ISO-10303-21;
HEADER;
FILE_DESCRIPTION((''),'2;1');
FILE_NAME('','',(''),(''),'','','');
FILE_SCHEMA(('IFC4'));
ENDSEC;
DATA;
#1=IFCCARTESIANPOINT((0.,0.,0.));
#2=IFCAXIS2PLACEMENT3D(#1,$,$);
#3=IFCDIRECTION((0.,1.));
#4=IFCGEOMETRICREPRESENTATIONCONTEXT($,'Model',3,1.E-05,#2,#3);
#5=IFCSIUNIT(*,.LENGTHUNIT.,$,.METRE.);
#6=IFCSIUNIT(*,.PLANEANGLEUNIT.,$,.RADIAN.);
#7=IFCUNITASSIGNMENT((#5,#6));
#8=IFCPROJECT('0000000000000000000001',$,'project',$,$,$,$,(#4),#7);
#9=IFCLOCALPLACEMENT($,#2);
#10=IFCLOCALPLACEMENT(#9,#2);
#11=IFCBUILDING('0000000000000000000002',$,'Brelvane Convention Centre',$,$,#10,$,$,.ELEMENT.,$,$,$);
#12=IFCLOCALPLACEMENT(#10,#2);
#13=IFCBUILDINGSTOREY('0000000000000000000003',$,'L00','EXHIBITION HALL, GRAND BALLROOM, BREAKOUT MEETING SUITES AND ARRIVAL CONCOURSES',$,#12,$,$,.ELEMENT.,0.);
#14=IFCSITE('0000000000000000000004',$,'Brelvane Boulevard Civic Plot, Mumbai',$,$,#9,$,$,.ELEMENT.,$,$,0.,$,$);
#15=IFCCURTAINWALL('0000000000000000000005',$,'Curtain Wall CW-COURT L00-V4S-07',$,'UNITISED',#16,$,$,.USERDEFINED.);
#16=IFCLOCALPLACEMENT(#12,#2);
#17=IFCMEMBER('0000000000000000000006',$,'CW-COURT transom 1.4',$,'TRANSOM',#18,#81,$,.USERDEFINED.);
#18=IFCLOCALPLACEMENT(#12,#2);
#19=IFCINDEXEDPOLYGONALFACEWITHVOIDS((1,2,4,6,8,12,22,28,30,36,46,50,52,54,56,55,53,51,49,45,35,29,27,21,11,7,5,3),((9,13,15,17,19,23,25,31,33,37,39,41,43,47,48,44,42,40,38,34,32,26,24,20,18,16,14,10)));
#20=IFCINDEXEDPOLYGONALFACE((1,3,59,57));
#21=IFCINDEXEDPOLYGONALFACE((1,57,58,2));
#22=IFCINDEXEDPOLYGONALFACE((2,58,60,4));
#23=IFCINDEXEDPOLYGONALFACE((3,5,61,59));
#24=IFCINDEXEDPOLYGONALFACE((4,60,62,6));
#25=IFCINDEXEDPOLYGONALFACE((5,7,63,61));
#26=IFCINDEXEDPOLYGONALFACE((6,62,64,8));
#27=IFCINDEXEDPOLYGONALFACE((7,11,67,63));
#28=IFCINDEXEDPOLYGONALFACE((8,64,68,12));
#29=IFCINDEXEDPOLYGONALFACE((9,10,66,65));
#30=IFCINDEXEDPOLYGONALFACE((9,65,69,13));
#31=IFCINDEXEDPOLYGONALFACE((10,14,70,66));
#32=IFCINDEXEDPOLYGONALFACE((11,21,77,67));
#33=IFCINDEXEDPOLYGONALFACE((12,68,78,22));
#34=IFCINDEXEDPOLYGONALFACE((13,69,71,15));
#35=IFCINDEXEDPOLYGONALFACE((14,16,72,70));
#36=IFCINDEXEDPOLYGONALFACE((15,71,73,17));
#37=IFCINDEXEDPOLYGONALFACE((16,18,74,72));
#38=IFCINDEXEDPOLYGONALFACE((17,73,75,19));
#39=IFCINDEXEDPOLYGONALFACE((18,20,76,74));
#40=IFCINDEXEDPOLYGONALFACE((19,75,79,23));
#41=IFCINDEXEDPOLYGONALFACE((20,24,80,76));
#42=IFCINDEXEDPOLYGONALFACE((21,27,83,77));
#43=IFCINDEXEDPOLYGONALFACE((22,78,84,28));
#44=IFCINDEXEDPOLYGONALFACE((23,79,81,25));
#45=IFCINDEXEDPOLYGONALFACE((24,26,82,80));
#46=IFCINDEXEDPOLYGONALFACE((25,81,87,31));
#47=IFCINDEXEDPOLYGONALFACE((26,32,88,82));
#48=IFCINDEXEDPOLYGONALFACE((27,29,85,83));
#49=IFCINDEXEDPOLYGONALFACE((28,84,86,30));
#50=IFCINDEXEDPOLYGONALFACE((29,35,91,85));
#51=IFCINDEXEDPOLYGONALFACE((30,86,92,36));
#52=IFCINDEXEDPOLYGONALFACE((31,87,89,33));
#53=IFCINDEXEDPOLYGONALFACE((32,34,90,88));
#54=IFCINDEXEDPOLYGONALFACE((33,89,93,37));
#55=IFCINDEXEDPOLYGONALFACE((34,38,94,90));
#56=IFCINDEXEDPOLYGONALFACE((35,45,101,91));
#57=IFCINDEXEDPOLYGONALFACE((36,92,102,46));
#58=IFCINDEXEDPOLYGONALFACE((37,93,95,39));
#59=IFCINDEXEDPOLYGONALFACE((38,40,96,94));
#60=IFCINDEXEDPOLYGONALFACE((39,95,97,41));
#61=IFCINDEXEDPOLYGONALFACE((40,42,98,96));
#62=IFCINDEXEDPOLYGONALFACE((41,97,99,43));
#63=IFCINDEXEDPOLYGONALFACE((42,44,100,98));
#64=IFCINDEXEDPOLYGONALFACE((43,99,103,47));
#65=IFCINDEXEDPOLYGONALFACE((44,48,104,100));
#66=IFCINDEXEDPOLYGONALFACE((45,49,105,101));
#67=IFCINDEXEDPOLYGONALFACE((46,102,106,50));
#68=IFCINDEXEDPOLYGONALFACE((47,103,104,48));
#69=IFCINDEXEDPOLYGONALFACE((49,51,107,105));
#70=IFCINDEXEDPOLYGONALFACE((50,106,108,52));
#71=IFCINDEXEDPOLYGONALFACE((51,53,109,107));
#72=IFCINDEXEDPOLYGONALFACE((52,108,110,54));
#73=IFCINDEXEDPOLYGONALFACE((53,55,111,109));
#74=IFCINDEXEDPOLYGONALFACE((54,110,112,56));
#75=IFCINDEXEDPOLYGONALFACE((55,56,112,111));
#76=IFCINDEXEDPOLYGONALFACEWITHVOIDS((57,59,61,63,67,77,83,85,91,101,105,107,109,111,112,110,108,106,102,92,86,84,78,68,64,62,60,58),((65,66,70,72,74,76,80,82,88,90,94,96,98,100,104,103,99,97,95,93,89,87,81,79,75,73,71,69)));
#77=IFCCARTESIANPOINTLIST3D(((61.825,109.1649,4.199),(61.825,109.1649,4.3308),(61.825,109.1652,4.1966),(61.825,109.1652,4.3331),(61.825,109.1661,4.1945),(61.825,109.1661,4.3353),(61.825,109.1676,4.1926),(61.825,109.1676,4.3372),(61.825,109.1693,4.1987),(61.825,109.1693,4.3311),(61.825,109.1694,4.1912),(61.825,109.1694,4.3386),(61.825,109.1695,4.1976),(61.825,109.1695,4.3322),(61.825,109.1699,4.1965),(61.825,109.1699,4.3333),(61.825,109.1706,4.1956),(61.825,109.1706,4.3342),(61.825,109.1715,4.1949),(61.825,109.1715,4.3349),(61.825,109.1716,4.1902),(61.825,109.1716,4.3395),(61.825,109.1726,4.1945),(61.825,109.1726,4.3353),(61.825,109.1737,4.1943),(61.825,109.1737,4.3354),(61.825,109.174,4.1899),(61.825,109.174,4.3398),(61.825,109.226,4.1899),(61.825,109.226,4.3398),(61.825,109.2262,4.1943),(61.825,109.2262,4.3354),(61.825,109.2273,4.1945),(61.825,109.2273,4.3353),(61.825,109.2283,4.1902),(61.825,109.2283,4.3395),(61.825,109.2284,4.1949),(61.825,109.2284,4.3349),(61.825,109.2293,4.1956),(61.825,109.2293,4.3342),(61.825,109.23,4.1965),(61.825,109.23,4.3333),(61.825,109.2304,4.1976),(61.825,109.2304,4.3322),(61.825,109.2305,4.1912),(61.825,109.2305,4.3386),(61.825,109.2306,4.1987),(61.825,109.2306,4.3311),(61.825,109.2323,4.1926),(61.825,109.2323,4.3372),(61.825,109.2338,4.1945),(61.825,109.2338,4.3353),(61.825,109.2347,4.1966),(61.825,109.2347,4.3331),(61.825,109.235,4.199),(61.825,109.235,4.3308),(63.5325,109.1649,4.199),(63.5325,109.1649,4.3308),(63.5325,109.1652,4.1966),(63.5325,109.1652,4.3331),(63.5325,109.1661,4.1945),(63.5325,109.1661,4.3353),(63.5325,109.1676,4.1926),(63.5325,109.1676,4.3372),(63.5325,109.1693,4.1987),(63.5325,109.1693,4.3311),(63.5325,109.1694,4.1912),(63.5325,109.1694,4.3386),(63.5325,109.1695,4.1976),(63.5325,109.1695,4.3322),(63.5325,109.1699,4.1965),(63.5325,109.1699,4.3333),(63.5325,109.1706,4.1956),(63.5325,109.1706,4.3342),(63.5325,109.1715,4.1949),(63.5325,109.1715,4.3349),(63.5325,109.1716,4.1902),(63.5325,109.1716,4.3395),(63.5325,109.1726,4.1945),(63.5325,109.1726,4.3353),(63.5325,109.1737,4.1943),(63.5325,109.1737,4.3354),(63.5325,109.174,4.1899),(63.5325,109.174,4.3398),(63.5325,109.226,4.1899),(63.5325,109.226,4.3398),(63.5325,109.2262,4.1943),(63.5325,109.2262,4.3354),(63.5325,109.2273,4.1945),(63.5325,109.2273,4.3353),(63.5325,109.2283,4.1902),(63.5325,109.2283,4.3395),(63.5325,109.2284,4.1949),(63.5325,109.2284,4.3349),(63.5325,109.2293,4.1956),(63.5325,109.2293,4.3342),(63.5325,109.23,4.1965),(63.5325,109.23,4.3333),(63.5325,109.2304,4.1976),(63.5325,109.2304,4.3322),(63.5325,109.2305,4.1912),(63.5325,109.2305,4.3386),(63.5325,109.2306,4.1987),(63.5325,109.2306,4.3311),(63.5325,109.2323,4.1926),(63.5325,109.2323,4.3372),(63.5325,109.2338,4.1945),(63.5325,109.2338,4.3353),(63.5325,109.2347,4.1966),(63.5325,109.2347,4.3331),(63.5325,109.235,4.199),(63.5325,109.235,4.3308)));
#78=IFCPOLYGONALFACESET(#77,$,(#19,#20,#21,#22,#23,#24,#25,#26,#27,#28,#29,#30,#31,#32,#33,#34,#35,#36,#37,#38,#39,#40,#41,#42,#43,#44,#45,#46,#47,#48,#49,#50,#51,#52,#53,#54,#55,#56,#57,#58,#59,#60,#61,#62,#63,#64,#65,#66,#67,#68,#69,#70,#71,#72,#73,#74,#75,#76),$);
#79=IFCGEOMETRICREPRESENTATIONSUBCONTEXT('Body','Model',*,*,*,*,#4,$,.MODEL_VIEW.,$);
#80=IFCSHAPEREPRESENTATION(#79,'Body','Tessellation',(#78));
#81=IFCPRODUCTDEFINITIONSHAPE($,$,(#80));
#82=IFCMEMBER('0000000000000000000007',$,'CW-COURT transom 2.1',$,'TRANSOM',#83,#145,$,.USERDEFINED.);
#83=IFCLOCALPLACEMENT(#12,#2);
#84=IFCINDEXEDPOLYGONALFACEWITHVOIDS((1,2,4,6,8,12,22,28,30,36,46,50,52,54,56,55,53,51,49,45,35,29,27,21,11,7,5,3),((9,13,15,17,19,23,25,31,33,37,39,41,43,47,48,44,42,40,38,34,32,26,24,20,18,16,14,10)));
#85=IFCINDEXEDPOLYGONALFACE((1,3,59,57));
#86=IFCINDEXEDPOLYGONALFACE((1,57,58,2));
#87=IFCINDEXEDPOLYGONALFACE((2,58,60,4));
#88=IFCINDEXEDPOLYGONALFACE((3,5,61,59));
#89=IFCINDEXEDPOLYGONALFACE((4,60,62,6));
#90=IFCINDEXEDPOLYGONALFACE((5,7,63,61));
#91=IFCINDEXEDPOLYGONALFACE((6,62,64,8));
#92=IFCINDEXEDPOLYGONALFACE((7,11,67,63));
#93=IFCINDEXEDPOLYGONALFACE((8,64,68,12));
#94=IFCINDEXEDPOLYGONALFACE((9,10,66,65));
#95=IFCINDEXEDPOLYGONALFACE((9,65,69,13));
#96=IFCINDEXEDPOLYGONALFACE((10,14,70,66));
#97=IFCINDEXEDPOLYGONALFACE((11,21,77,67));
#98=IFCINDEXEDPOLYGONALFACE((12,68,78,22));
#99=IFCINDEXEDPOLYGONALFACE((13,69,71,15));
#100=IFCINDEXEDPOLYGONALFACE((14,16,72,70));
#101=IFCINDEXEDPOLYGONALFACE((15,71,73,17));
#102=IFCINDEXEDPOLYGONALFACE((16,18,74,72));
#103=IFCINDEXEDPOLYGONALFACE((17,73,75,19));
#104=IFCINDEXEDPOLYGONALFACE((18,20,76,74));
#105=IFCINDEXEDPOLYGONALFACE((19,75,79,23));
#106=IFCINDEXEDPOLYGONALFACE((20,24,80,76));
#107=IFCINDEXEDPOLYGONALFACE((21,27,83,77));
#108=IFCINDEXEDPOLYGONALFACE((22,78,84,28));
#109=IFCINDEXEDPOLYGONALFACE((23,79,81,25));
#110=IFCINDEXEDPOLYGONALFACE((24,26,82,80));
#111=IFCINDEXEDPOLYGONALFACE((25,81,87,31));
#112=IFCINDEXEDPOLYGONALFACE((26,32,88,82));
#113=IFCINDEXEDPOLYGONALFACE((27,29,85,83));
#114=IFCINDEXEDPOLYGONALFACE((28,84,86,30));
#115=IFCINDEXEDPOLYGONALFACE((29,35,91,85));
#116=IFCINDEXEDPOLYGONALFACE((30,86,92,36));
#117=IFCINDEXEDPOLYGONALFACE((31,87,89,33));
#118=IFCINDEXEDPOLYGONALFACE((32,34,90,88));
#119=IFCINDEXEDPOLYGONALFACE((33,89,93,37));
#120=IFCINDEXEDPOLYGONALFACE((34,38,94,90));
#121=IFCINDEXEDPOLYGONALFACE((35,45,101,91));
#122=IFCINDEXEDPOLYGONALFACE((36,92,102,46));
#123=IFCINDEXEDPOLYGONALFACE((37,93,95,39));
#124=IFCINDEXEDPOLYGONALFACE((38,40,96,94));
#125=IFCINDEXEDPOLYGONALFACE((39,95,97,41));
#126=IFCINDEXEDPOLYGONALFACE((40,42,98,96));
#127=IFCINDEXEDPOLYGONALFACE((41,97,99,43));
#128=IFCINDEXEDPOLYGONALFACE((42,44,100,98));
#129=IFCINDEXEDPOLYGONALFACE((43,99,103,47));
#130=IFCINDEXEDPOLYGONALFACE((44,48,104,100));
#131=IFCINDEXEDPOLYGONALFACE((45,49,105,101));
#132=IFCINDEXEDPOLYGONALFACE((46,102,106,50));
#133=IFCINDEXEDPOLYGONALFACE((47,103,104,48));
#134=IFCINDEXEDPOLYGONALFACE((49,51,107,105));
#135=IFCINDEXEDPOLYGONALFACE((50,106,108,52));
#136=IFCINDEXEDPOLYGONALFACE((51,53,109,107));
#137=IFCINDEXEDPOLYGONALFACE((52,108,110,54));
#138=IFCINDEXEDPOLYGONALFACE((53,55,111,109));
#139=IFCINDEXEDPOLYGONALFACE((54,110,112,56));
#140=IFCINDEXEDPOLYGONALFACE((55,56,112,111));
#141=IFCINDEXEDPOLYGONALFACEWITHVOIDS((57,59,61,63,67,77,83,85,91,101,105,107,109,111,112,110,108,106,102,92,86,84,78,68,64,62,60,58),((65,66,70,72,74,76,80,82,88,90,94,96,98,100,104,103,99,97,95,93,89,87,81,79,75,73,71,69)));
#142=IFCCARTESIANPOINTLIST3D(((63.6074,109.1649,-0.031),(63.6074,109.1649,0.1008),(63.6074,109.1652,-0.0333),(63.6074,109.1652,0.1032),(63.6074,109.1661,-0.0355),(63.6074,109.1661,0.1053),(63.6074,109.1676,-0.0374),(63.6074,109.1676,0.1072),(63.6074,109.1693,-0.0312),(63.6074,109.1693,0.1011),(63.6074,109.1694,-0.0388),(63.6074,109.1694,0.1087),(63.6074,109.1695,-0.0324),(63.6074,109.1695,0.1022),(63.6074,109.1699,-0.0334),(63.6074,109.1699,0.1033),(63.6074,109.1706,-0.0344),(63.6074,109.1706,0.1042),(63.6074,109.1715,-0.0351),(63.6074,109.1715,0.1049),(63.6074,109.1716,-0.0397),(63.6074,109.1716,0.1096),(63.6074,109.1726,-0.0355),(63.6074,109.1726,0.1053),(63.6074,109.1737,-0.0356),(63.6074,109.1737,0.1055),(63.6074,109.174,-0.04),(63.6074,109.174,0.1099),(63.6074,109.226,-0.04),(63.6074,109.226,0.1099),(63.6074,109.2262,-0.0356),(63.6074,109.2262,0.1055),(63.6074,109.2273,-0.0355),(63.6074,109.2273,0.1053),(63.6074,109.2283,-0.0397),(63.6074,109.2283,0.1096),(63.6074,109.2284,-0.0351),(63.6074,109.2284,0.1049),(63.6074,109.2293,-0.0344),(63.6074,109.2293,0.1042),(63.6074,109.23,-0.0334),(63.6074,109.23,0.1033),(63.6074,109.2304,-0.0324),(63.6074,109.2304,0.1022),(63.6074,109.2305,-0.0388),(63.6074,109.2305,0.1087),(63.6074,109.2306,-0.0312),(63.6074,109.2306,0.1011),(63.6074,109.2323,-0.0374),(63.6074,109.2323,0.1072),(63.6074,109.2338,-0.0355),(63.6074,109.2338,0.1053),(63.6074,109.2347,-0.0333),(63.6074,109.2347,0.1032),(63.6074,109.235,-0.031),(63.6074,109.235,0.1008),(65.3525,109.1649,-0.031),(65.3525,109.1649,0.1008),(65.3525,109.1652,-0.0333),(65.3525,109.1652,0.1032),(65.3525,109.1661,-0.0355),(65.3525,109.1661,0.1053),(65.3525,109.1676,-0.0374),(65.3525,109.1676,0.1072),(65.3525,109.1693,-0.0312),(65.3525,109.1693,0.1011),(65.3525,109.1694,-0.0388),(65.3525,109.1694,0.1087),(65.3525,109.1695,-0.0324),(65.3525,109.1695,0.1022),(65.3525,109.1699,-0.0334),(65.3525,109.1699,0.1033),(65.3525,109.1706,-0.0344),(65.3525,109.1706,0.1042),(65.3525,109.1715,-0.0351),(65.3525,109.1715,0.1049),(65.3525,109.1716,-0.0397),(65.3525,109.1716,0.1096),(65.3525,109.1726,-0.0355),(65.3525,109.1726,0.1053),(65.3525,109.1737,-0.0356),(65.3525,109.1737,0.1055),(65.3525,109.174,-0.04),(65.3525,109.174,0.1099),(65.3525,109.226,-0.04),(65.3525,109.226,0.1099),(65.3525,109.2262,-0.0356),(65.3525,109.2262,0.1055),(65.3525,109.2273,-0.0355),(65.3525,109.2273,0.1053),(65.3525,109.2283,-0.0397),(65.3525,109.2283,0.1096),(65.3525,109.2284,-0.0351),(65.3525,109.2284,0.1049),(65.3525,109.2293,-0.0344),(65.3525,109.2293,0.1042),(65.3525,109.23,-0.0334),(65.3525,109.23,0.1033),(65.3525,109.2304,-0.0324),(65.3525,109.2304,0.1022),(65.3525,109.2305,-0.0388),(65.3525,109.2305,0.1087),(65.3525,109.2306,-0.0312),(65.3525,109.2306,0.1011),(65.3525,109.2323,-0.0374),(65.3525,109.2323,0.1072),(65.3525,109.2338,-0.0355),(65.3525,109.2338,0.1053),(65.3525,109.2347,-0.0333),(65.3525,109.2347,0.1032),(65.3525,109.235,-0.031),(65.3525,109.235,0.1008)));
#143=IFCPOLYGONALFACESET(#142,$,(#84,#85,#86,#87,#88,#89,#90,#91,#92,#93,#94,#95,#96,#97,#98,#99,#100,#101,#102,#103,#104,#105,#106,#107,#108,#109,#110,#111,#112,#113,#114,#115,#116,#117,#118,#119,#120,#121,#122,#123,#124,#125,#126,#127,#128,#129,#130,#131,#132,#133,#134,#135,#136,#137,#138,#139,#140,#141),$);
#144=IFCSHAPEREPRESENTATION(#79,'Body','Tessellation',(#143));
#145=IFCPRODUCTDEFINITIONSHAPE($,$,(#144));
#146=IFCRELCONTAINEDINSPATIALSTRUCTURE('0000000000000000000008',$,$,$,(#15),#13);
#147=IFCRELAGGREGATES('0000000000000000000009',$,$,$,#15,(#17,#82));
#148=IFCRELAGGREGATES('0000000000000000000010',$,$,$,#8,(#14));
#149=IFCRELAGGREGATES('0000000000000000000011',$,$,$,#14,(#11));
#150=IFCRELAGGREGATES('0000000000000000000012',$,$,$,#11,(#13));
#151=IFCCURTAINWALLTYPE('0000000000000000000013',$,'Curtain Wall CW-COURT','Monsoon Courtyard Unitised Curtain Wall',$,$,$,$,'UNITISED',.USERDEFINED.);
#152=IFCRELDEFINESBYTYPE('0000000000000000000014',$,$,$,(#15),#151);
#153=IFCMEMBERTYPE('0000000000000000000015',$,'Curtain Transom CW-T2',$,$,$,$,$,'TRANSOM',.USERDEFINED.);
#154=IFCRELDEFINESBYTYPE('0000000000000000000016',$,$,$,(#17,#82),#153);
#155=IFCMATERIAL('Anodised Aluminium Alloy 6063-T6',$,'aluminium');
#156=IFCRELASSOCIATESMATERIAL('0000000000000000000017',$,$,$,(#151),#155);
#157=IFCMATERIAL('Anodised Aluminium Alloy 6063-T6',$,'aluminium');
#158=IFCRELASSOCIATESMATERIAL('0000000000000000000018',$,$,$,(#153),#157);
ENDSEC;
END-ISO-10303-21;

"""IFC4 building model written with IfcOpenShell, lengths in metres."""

from ifc_helpers import new_model, si_unit, direction, frame, origin, origin_2d, place, context, subcontext, project, spatial, hollow_rectangle, extrude, material, material_profile, profile_set, type_object, element, aggregate, save


model = new_model("IFC4")

# Units and contexts
model_context = context("Model", 3, precision=1e-05, world=origin(), true_north=direction((0.0, 1.0)))
body_context = subcontext(model_context, "Body", "Model", "MODEL_VIEW")
ifc_project = project(units=[si_unit("LENGTHUNIT", "METRE"), si_unit("PLANEANGLEUNIT", "RADIAN")], contexts=[model_context])

# Site, building, storey
site_placement = place(None, origin())
site = spatial("IfcSite", under=ifc_project, at=site_placement, Name="Brelvane Boulevard Civic Plot, Mumbai", CompositionType="ELEMENT", RefElevation=0.0)
building_placement = place(site_placement, origin())
building = spatial("IfcBuilding", under=site, at=building_placement, Name="Brelvane Convention Centre", CompositionType="ELEMENT")
storey_placement = place(building_placement, origin())
storey = spatial("IfcBuildingStorey", under=building, at=storey_placement, Name="L00", Description="EXHIBITION HALL, GRAND BALLROOM, BREAKOUT MEETING SUITES AND ARRIVAL CONCOURSES", CompositionType="ELEMENT", Elevation=0.0)

# Curtain wall, members
ifc_material_1 = material(Name="Anodised Aluminium Alloy 6063-T6", Category="aluminium")
curtain_wall_type = type_object("IfcCurtainWallType", Name="Curtain Wall CW-COURT", Description="Monsoon Courtyard Unitised Curtain Wall", ElementType="UNITISED", PredefinedType="USERDEFINED", material=ifc_material_1)
curtain_wall_placement = place(storey_placement, origin())
curtain_wall = element("IfcCurtainWall", 1, at=curtain_wall_placement, inside=storey, type_object=curtain_wall_type, Name="Curtain Wall CW-COURT L00-V4S-07", ObjectType="UNITISED", PredefinedType="USERDEFINED")
ifc_material_2 = material(Name="Anodised Aluminium Alloy 6063-T6", Category="aluminium")
ifc_material_profile_1 = material_profile(ifc_material_2, hollow_rectangle(XDim=0.0701, YDim=0.1499, WallThickness=0.0044, InnerFilletRadius=0.0044, OuterFilletRadius=0.009, at=origin_2d()), Name="ALU-T 150x70x4.5")
ifc_profile_set_1 = profile_set([ifc_material_profile_1], Name="Anodised Aluminium Alloy 6063-T6")
member_type_1 = type_object("IfcMemberType", Name="Curtain Transom CW-T2", ElementType="TRANSOM", PredefinedType="USERDEFINED", material=ifc_profile_set_1)
member_1_placement = place(storey_placement, frame((61.825, 109.2, 4.2649), z_axis=(1.0, 0.0, 0.0), x_axis=(0.0, 1.0, 0.0)))
member_1 = element("IfcMember", 2, at=member_1_placement, type_object=member_type_1, Name="CW-COURT transom 1.4", ObjectType="TRANSOM", PredefinedType="USERDEFINED", context=body_context, shape_type="SweptSolid", body=[
    extrude(hollow_rectangle(XDim=0.0701, YDim=0.1499, WallThickness=0.0044, InnerFilletRadius=0.0044, OuterFilletRadius=0.009, at=origin_2d()), origin(), (0.0, 0.0, 1.0), 1.7075),
])
member_2_placement = place(storey_placement, frame((63.6074, 109.2, 0.0349), z_axis=(1.0, 0.0, 0.0), x_axis=(0.0, 1.0, 0.0)))
member_2 = element("IfcMember", 3, at=member_2_placement, type_object=member_type_1, Name="CW-COURT transom 2.1", ObjectType="TRANSOM", PredefinedType="USERDEFINED", context=body_context, shape_type="SweptSolid", body=[
    extrude(hollow_rectangle(XDim=0.0701, YDim=0.1499, WallThickness=0.0044, InnerFilletRadius=0.0044, OuterFilletRadius=0.009, at=origin_2d()), origin(), (0.0, 0.0, 1.0), 1.7451),
])
aggregate(curtain_wall, [member_1, member_2])

save(model, "model.ifc")
